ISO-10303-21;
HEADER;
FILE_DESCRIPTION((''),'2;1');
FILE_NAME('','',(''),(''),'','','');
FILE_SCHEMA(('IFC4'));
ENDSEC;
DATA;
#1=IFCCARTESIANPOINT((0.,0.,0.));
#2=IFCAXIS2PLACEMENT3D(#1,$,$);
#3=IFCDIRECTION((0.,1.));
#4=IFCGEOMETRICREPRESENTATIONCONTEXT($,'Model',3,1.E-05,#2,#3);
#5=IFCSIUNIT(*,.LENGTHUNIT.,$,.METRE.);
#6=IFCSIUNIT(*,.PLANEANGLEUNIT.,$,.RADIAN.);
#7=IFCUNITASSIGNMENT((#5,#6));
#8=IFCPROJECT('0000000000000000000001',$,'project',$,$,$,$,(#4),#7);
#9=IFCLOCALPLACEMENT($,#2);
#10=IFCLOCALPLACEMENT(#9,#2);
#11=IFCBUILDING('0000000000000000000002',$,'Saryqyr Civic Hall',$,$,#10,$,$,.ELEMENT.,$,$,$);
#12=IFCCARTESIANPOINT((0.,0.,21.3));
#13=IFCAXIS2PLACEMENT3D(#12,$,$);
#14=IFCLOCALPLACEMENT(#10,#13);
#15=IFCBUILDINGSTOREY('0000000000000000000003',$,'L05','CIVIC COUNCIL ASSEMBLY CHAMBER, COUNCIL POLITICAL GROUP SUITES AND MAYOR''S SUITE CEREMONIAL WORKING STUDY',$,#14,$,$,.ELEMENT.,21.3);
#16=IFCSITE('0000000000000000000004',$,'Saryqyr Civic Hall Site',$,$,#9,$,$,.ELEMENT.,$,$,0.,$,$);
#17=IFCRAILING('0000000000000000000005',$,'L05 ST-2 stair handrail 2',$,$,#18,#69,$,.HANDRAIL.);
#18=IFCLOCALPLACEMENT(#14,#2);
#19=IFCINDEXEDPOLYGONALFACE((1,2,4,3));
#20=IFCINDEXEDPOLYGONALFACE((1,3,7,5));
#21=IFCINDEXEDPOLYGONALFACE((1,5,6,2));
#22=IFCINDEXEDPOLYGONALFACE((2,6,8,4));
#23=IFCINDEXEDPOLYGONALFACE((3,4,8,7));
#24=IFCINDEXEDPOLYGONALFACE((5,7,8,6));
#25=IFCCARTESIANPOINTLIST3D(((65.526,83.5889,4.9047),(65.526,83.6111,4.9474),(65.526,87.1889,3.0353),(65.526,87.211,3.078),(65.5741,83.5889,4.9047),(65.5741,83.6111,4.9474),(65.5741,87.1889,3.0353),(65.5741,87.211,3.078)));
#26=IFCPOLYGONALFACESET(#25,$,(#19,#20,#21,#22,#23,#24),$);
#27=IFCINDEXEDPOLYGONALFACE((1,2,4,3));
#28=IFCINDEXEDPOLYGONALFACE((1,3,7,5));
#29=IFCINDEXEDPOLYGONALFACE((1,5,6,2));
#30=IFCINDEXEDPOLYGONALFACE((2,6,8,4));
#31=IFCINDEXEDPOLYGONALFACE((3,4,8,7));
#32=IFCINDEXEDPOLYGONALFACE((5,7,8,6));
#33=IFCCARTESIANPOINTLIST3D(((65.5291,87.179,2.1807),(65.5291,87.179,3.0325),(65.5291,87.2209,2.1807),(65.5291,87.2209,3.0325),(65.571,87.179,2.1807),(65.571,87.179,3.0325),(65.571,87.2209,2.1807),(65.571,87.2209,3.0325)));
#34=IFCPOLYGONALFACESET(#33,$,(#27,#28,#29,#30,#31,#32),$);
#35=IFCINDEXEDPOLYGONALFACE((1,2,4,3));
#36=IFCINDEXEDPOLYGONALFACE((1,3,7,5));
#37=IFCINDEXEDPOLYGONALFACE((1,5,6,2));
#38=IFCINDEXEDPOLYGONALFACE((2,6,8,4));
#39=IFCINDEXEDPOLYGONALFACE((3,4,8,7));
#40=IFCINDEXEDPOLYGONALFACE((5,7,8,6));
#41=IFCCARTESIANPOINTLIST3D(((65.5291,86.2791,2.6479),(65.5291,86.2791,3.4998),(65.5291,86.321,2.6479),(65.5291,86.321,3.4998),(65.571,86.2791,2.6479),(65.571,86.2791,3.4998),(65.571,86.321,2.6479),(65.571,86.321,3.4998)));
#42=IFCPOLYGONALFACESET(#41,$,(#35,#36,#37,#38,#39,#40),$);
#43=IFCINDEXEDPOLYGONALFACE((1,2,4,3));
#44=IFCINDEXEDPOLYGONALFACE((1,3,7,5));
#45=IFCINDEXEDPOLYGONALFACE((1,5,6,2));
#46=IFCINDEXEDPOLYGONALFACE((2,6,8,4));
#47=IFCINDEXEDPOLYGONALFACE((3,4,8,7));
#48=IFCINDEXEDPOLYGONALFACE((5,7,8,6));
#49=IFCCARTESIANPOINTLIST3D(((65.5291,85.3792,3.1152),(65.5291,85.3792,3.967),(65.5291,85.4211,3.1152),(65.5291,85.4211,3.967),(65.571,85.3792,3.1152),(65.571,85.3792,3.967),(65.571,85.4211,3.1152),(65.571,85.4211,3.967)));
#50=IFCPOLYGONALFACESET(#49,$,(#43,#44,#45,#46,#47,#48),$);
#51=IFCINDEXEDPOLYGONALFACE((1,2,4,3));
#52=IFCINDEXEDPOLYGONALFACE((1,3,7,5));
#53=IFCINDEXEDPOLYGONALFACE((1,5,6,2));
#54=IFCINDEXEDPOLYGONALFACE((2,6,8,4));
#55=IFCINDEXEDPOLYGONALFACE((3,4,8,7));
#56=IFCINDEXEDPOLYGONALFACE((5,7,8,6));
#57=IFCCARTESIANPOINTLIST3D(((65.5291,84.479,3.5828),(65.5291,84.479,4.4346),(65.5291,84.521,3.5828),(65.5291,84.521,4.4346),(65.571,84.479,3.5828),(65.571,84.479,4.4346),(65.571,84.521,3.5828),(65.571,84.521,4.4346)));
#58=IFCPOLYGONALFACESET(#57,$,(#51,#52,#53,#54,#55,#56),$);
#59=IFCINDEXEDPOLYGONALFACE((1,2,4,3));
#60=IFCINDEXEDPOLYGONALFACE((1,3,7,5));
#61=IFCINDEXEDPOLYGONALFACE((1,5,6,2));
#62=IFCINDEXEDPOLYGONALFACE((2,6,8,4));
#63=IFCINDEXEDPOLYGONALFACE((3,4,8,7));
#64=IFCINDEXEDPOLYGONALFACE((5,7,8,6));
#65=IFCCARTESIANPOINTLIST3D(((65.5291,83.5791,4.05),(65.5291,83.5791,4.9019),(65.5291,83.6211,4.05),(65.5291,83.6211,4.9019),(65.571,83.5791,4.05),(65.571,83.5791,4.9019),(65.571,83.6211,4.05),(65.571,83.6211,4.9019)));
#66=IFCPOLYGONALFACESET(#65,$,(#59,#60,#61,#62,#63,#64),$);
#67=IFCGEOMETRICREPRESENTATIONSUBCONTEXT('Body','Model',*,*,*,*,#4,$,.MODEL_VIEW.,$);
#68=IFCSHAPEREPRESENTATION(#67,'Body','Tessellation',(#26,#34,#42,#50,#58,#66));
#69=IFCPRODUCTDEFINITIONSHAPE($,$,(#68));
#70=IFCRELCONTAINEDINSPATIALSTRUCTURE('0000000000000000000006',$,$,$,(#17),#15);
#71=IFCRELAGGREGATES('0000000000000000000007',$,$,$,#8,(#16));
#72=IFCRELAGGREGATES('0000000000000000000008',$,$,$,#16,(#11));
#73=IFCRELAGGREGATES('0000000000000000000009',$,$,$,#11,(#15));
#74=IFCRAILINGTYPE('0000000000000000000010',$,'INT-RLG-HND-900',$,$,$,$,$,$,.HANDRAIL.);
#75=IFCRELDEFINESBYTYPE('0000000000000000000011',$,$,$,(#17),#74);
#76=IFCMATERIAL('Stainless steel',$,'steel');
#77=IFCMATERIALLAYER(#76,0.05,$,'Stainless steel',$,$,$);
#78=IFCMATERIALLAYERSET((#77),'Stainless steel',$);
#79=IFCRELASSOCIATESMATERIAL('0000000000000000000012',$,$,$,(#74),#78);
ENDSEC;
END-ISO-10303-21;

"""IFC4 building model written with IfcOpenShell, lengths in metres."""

from ifc_helpers import new_model, si_unit, direction, frame, origin, origin_2d, place, context, subcontext, project, spatial, rectangle, extrude, material, layer, layer_set, type_object, element, save


model = new_model("IFC4")

# Units and contexts
model_context = context("Model", 3, precision=1e-05, world=origin(), true_north=direction((0.0, 1.0)))
body_context = subcontext(model_context, "Body", "Model", "MODEL_VIEW")
ifc_project = project(units=[si_unit("LENGTHUNIT", "METRE"), si_unit("PLANEANGLEUNIT", "RADIAN")], contexts=[model_context])

# Site, building, storey
site_placement = place(None, origin())
site = spatial("IfcSite", under=ifc_project, at=site_placement, Name="Saryqyr Civic Hall Site", CompositionType="ELEMENT", RefElevation=0.0)
building_placement = place(site_placement, origin())
building = spatial("IfcBuilding", under=site, at=building_placement, Name="Saryqyr Civic Hall", CompositionType="ELEMENT")
storey_placement = place(building_placement, frame((0.0, 0.0, 21.3)))
storey = spatial("IfcBuildingStorey", under=building, at=storey_placement, Name="L05", Description="CIVIC COUNCIL ASSEMBLY CHAMBER, COUNCIL POLITICAL GROUP SUITES AND MAYOR'S SUITE CEREMONIAL WORKING STUDY", CompositionType="ELEMENT", Elevation=21.3)

# Railing
ifc_material_1 = material(Name="Stainless steel", Category="steel")
ifc_layer_1 = layer(ifc_material_1, 0.05, Name="Stainless steel")
ifc_layer_set_1 = layer_set([ifc_layer_1], Name="Stainless steel")
railing_type = type_object("IfcRailingType", Name="INT-RLG-HND-900", PredefinedType="HANDRAIL", material=ifc_layer_set_1)
railing_placement = place(storey_placement, frame((65.55, 87.2, 2.1807)))
element("IfcRailing", 1, at=railing_placement, inside=storey, type_object=railing_type, Name="L05 ST-2 stair handrail 2", PredefinedType="HANDRAIL", context=body_context, shape_type="SweptSolid", body=[
    extrude(rectangle(XDim=0.0481, YDim=0.0481, at=origin_2d()), frame((0.0, 0.0, 0.876), z_axis=(0.0, -0.887473, 0.46086), x_axis=(1.0, 0.0, 0.0)), (0.0, 0.0, 1.0), 4.0564),
    extrude(rectangle(XDim=0.042, YDim=0.042, at=origin_2d()), origin(), (0.0, 0.0, 1.0), 0.8518),
    extrude(rectangle(XDim=0.042, YDim=0.042, at=origin_2d()), frame((0.0, -0.8999, 0.4673)), (0.0, 0.0, 1.0), 0.8518),
    extrude(rectangle(XDim=0.042, YDim=0.042, at=origin_2d()), frame((0.0, -1.7998, 0.9346)), (0.0, 0.0, 1.0), 0.8518),
    extrude(rectangle(XDim=0.042, YDim=0.042, at=origin_2d()), frame((0.0, -2.7, 1.4021)), (0.0, 0.0, 1.0), 0.8518),
    extrude(rectangle(XDim=0.042, YDim=0.042, at=origin_2d()), frame((0.0, -3.5999, 1.8694)), (0.0, 0.0, 1.0), 0.8518),
])

save(model, "model.ifc")
